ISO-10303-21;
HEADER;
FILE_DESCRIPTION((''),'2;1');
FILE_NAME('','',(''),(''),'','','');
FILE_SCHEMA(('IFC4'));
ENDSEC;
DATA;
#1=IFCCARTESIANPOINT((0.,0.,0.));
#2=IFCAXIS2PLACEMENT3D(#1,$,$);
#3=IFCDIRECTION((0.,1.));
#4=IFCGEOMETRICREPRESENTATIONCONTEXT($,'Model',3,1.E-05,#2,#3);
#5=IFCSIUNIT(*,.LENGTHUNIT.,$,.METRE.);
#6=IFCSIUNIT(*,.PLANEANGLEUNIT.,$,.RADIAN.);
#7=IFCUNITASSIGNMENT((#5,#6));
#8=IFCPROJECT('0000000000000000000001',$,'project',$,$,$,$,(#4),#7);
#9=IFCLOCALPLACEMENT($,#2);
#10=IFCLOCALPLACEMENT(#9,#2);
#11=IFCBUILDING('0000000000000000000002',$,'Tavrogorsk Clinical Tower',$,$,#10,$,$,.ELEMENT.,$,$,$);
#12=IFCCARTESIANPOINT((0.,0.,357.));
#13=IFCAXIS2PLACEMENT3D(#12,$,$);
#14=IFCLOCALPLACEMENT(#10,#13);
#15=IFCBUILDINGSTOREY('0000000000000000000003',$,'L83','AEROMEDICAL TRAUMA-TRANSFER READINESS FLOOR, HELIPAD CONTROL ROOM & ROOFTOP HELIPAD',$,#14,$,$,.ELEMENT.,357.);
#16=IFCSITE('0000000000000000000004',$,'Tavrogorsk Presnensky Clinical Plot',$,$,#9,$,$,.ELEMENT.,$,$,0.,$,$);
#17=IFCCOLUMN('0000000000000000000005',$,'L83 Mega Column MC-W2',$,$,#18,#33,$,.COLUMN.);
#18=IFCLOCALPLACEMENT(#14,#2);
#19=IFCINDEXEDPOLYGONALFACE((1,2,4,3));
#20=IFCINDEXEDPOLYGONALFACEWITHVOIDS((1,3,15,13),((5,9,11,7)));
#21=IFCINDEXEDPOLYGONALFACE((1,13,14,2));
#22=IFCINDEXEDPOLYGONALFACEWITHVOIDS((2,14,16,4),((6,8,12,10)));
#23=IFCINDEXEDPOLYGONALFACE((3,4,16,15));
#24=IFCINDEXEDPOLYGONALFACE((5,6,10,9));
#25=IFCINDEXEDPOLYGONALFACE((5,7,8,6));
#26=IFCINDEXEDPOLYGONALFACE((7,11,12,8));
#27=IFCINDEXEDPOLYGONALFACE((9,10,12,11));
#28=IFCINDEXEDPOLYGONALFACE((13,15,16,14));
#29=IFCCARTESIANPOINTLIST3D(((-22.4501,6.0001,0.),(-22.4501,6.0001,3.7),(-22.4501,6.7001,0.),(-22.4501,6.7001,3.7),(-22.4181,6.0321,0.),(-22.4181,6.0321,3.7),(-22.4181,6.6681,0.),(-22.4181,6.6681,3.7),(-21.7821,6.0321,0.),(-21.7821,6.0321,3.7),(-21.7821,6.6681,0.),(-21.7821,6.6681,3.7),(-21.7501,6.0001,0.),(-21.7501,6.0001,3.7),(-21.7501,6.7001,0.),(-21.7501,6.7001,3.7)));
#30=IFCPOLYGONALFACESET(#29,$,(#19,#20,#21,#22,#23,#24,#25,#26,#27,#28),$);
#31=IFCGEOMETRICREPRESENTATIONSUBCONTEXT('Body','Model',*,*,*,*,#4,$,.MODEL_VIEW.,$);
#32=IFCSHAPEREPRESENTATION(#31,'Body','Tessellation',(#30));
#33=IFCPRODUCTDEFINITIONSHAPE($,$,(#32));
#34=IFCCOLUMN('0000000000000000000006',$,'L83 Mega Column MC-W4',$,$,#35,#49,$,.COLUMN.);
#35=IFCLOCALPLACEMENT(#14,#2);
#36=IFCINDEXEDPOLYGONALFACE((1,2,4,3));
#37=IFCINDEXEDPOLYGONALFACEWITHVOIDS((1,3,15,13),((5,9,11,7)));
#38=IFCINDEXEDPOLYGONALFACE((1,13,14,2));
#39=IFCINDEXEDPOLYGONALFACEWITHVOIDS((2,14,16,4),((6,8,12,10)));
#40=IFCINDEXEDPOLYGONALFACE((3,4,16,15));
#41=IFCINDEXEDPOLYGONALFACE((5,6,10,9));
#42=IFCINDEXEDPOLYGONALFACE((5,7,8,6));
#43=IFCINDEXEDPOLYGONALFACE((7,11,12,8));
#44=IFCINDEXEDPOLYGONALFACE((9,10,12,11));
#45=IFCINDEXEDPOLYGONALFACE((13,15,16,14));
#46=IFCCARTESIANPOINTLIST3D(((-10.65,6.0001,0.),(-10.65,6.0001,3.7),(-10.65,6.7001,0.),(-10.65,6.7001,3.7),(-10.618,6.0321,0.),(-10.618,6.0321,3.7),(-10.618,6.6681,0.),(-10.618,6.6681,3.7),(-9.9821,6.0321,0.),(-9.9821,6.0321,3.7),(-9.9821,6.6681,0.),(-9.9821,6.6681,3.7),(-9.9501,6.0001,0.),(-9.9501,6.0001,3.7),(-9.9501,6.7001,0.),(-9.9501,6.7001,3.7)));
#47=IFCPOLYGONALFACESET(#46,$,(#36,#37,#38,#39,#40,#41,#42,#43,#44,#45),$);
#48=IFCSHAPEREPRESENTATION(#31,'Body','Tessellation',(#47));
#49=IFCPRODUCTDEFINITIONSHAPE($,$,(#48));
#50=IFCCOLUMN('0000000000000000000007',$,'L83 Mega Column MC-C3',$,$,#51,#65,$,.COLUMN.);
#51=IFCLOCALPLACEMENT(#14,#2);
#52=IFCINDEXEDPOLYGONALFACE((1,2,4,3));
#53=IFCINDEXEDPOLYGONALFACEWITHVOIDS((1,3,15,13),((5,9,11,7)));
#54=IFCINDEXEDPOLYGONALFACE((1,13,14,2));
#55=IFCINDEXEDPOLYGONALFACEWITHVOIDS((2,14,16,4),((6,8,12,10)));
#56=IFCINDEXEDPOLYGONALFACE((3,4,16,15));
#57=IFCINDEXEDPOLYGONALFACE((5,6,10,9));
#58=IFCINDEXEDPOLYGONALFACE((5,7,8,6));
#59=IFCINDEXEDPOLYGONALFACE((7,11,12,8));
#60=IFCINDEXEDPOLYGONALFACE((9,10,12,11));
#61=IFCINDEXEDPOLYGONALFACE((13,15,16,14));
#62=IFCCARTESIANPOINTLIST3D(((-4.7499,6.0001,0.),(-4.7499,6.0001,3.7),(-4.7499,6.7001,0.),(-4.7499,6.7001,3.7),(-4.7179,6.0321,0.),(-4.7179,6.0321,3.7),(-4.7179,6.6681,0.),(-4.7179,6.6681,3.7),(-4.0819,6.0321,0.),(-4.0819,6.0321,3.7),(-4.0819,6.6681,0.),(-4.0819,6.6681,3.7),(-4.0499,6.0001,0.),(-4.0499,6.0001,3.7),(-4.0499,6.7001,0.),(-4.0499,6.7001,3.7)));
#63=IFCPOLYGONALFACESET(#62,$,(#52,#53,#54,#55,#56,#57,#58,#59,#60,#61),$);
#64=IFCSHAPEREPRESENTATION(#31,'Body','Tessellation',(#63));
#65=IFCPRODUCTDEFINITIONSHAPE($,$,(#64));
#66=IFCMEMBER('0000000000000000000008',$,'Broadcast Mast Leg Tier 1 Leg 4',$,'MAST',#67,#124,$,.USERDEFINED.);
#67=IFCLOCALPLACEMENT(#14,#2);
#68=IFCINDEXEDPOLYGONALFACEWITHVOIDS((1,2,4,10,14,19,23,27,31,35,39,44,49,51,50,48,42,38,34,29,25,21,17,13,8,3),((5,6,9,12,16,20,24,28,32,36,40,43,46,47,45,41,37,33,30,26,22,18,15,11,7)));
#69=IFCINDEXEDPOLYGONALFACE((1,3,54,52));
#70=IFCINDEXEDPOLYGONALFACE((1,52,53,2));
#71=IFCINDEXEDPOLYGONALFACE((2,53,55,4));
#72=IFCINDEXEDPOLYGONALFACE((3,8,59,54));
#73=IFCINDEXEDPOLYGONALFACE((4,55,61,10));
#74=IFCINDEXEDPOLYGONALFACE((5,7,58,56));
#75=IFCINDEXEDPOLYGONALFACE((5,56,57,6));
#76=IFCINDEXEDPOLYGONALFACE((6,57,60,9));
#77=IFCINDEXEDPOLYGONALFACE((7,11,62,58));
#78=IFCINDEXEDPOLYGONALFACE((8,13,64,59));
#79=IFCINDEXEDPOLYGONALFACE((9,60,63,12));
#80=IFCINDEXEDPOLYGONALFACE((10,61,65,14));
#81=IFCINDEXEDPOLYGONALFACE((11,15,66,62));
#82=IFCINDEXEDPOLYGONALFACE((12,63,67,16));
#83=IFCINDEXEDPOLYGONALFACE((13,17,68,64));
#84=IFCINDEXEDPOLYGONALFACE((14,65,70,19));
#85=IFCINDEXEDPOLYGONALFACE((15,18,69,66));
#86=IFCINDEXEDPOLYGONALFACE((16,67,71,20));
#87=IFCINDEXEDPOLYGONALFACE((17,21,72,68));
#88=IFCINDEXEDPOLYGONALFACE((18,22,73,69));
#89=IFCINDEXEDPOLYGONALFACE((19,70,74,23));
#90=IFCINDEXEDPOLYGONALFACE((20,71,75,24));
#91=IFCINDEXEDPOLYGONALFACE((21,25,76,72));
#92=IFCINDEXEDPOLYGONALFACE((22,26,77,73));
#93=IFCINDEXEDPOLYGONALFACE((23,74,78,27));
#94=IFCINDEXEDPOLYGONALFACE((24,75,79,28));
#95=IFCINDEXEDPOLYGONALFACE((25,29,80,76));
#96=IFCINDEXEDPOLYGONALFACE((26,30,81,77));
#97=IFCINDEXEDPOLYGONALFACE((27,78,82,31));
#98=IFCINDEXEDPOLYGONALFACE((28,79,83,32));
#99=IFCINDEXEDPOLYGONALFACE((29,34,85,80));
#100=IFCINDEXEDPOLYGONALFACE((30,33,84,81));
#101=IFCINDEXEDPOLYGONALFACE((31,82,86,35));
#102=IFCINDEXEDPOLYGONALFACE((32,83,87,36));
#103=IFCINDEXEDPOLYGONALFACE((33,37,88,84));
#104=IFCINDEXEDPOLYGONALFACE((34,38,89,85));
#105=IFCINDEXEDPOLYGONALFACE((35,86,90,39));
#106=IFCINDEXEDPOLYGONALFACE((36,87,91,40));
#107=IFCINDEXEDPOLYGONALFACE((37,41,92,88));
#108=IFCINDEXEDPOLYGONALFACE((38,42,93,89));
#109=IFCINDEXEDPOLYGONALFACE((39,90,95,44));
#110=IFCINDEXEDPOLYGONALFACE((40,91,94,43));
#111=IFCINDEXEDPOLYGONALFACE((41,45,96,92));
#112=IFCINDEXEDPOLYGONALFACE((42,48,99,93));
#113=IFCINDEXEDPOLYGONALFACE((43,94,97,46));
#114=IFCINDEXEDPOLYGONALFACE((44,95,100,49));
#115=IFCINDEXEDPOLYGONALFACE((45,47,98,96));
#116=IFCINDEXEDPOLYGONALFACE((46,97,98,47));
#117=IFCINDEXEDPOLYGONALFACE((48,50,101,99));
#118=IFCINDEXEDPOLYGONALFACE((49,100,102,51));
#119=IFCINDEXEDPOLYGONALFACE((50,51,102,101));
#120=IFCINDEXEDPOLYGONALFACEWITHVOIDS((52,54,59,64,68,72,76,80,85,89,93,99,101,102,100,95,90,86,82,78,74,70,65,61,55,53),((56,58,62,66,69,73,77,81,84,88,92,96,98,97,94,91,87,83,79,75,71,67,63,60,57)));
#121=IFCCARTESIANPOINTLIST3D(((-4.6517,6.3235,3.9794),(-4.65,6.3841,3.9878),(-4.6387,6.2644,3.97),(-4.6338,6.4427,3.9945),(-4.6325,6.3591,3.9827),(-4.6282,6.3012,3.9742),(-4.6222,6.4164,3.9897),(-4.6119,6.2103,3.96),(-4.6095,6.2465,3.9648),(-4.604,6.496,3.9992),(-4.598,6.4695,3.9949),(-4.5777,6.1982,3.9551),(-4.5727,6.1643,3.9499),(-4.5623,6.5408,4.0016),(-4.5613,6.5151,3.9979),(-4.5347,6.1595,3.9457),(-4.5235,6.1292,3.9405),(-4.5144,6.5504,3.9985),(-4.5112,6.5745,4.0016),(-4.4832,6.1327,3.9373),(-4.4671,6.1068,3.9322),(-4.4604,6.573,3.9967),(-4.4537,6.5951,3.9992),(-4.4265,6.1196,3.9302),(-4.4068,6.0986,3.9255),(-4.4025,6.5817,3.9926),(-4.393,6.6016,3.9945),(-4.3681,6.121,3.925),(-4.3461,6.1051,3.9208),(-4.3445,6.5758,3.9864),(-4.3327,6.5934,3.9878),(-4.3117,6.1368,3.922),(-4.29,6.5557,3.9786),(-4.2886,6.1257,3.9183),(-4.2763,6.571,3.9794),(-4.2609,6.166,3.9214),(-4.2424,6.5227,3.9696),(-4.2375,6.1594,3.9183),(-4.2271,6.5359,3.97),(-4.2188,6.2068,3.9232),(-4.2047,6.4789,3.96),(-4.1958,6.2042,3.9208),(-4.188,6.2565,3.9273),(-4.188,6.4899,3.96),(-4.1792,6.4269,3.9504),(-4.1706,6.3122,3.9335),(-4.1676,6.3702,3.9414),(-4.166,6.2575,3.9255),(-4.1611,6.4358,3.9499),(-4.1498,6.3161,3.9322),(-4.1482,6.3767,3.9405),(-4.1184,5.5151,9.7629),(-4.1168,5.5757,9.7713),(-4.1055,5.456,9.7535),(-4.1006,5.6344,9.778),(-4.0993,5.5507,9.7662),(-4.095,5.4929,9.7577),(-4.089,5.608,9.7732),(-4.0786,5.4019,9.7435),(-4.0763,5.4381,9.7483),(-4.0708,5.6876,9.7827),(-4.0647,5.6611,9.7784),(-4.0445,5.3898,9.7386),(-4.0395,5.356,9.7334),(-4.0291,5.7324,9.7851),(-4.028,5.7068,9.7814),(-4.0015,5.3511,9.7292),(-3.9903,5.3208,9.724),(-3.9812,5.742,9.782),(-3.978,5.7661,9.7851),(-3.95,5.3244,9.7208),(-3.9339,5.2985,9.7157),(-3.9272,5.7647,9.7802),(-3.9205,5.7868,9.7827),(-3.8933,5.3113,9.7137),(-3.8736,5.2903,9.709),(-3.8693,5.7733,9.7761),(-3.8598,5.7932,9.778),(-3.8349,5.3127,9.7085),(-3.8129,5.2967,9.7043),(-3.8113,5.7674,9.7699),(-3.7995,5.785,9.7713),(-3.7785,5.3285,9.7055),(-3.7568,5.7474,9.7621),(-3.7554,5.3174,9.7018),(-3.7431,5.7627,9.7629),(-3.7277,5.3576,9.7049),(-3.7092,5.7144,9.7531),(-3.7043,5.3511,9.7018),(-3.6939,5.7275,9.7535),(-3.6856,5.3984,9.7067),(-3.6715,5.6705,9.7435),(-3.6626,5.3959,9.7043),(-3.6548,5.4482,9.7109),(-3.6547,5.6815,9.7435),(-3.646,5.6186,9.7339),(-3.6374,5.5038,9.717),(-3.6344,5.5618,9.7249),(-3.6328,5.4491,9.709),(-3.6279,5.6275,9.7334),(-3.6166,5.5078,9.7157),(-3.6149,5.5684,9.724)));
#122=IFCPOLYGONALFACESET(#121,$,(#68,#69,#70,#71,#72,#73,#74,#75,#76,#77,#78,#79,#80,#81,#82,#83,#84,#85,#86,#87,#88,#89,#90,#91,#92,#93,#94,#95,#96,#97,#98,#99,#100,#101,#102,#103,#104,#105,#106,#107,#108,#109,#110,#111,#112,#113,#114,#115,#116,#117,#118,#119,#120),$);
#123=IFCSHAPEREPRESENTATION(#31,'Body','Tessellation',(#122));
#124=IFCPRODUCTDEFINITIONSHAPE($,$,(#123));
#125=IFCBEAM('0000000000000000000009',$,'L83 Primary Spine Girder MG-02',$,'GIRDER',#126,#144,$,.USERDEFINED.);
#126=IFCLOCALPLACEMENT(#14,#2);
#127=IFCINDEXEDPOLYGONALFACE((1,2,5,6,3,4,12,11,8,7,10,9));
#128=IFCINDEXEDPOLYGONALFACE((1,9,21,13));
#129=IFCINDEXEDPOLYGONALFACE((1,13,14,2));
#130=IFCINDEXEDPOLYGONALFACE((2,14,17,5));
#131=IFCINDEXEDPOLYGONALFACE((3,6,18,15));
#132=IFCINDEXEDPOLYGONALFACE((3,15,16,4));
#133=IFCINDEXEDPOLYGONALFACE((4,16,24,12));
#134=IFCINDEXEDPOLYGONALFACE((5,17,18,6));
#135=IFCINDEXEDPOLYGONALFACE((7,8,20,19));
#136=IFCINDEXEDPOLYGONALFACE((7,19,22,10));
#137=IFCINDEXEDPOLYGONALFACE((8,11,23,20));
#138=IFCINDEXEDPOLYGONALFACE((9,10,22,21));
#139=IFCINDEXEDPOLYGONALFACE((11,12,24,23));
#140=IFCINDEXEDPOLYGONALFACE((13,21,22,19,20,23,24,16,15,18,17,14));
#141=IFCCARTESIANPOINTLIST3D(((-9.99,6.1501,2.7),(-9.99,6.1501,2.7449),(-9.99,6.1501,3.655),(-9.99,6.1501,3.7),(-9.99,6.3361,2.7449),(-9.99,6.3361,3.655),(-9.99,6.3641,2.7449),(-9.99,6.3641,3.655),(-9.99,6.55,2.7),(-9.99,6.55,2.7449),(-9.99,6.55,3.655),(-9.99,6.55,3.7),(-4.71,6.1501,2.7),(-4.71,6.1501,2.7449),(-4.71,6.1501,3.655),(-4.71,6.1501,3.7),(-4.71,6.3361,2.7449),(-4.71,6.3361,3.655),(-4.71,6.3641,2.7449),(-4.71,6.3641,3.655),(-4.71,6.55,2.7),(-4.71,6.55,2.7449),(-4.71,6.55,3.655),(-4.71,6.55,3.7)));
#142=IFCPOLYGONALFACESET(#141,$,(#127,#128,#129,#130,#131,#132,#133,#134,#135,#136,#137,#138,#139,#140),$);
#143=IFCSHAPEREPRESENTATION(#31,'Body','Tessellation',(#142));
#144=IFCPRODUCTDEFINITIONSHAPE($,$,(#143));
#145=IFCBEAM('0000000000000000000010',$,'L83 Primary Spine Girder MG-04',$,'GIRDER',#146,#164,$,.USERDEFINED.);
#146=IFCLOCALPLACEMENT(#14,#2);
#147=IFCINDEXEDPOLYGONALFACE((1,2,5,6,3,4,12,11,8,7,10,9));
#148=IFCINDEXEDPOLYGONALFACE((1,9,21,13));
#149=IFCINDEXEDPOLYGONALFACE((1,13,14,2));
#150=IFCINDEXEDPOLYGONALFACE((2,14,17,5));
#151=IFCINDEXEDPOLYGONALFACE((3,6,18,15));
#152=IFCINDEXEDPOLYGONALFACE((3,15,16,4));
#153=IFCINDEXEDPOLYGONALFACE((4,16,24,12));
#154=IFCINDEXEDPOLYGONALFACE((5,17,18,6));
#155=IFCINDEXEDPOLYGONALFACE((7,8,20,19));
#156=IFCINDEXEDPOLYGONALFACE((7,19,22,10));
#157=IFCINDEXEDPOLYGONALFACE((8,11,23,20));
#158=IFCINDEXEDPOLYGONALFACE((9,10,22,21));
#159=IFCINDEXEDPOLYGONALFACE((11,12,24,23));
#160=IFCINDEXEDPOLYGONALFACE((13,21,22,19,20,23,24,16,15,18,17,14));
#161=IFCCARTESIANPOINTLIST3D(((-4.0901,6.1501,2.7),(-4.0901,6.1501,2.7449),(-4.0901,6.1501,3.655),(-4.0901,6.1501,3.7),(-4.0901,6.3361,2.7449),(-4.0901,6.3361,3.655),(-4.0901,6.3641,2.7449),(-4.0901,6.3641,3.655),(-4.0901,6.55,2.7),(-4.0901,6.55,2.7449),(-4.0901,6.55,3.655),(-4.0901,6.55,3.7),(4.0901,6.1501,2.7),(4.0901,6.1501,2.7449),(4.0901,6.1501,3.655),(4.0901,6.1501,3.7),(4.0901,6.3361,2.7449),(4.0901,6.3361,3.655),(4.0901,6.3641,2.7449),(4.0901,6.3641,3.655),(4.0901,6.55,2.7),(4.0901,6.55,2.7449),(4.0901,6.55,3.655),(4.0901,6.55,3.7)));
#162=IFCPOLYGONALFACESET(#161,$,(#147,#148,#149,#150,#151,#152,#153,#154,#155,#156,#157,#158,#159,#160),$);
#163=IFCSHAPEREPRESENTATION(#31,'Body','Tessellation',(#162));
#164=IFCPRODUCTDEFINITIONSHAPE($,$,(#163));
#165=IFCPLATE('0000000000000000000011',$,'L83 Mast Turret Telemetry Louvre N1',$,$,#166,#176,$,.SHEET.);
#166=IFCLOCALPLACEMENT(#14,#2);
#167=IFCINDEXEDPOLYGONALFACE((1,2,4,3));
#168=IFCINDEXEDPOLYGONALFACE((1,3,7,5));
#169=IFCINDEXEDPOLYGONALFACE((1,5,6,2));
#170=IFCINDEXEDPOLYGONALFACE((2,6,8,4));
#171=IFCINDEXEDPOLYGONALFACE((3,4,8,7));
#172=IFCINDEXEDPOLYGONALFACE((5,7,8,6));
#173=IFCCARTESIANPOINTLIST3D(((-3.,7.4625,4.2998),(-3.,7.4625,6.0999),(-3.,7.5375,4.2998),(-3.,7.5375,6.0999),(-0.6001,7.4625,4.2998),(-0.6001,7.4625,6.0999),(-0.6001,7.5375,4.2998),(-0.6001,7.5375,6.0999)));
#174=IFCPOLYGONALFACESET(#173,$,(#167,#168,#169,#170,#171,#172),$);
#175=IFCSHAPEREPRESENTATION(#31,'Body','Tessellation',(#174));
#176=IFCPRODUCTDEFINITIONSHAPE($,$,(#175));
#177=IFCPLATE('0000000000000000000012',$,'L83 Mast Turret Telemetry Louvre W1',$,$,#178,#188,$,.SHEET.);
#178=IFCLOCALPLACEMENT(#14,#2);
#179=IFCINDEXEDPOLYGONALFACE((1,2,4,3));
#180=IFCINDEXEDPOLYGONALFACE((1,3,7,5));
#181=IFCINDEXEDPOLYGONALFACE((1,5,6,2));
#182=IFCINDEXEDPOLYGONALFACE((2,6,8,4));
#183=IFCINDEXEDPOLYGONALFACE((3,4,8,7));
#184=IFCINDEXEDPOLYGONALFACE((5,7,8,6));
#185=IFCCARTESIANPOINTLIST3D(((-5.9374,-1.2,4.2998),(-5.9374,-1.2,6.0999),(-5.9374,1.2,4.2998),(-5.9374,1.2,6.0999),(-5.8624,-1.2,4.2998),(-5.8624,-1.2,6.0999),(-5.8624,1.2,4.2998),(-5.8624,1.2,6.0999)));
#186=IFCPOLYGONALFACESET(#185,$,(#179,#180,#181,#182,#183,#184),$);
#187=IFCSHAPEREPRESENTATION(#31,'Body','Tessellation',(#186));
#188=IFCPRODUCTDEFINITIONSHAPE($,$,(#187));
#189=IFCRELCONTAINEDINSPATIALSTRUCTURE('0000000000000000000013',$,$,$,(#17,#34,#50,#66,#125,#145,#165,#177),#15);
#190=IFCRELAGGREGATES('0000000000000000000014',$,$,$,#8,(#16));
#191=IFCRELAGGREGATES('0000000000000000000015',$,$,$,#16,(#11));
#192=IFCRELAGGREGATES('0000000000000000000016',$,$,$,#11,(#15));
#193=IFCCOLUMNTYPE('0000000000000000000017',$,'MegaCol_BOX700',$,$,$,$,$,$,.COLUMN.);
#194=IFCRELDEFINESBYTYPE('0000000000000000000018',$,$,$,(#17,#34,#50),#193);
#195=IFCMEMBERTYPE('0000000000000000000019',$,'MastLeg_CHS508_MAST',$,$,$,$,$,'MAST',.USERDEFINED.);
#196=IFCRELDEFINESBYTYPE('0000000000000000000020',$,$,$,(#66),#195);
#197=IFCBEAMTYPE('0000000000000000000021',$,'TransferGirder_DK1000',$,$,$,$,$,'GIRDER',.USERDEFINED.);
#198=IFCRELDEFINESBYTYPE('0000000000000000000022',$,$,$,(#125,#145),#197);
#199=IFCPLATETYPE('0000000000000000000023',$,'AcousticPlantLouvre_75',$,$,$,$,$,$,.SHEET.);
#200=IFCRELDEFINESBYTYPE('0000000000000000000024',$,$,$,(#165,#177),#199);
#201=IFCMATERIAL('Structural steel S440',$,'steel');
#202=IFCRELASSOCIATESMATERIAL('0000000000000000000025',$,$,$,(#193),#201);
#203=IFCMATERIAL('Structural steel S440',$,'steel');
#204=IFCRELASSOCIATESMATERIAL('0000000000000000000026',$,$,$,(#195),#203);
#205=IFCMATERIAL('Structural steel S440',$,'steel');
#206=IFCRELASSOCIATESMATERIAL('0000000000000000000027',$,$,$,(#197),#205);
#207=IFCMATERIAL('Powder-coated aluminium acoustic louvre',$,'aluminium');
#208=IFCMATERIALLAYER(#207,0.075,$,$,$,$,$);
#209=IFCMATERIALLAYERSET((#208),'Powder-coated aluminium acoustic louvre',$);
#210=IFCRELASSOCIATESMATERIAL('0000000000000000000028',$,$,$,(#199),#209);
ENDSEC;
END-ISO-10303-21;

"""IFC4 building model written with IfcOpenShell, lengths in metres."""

from ifc_helpers import new_model, si_unit, direction, frame, origin, origin_2d, place, context, subcontext, project, spatial, rectangle, hollow_rectangle, hollow_circle, i_section, extrude, material, layer, layer_set, material_profile, profile_set, type_object, element, save


model = new_model("IFC4")

# Units and contexts
model_context = context("Model", 3, precision=1e-05, world=origin(), true_north=direction((0.0, 1.0)))
body_context = subcontext(model_context, "Body", "Model", "MODEL_VIEW")
ifc_project = project(units=[si_unit("LENGTHUNIT", "METRE"), si_unit("PLANEANGLEUNIT", "RADIAN")], contexts=[model_context])

# Site, building, storey
site_placement = place(None, origin())
site = spatial("IfcSite", under=ifc_project, at=site_placement, Name="Tavrogorsk Presnensky Clinical Plot", CompositionType="ELEMENT", RefElevation=0.0)
building_placement = place(site_placement, origin())
building = spatial("IfcBuilding", under=site, at=building_placement, Name="Tavrogorsk Clinical Tower", CompositionType="ELEMENT")
storey_placement = place(building_placement, frame((0.0, 0.0, 357.0)))
storey = spatial("IfcBuildingStorey", under=building, at=storey_placement, Name="L83", Description="AEROMEDICAL TRAUMA-TRANSFER READINESS FLOOR, HELIPAD CONTROL ROOM & ROOFTOP HELIPAD", CompositionType="ELEMENT", Elevation=357.0)

# Columns
ifc_material_1 = material(Name="Structural steel S440", Category="steel")
ifc_material_profile_1 = material_profile(ifc_material_1, hollow_rectangle(XDim=0.7, YDim=0.7, WallThickness=0.032, at=origin_2d()), Name="BOX-700x700x32")
ifc_profile_set_1 = profile_set([ifc_material_profile_1], Name="Structural steel S440")
column_type = type_object("IfcColumnType", Name="MegaCol_BOX700", PredefinedType="COLUMN", material=ifc_profile_set_1)
for number, where, z_axis, x_axis, name in (
    (1, (-22.1001, 6.3501, 0.0), (0.0, 0.0, 1.0), (1.0, 0.0, 0.0), "L83 Mega Column MC-W2"),
    (2, (-10.3, 6.3501, 0.0), (0.0, 0.0, 1.0), (1.0, 0.0, 0.0), "L83 Mega Column MC-W4"),
    (3, (-4.3999, 6.3501, 0.0), (0.0, 0.0, 1.0), (1.0, 0.0, 0.0), "L83 Mega Column MC-C3"),
):
    element("IfcColumn", number, at=place(storey_placement, frame(where, z_axis=z_axis, x_axis=x_axis)), inside=storey, type_object=column_type, Name=name, PredefinedType="COLUMN", context=body_context, shape_type="SweptSolid", body=[
        extrude(hollow_rectangle(XDim=0.7, YDim=0.7, WallThickness=0.032, at=origin_2d()), origin(), (0.0, 0.0, 1.0), 3.7),
    ])

# Member
ifc_material_2 = material(Name="Structural steel S440", Category="steel")
ifc_material_profile_2 = material_profile(ifc_material_2, hollow_circle(Radius=0.2539, WallThickness=0.02, at=origin_2d()), Name="CHS-508x20")
ifc_profile_set_2 = profile_set([ifc_material_profile_2], Name="Structural steel S440")
member_type = type_object("IfcMemberType", Name="MastLeg_CHS508_MAST", ElementType="MAST", PredefinedType="USERDEFINED", material=ifc_profile_set_2)
member_placement = place(storey_placement, frame((-4.3999, 6.3501, 3.96), z_axis=(0.090929, -0.137851, 0.98627), x_axis=(0.834755, 0.550621, 0.0)))
element("IfcMember", 4, at=member_placement, inside=storey, type_object=member_type, Name="Broadcast Mast Leg Tier 1 Leg 4", ObjectType="MAST", PredefinedType="USERDEFINED", context=body_context, shape_type="SweptSolid", body=[
    extrude(hollow_circle(Radius=0.2539, WallThickness=0.02, at=origin_2d()), origin(), (0.0, 0.0, 1.0), 5.864),
])

# Beams
ifc_material_3 = material(Name="Structural steel S440", Category="steel")
ifc_material_profile_3 = material_profile(ifc_material_3, i_section(OverallWidth=0.3999, OverallDepth=1.0, WebThickness=0.0281, FlangeThickness=0.0449, at=origin_2d()), Name="DK-1000x400x28x45")
ifc_profile_set_3 = profile_set([ifc_material_profile_3], Name="Structural steel S440")
beam_type = type_object("IfcBeamType", Name="TransferGirder_DK1000", ElementType="GIRDER", PredefinedType="USERDEFINED", material=ifc_profile_set_3)
beam_1_placement = place(storey_placement, frame((-9.99, 6.3501, 3.2), z_axis=(1.0, 0.0, 0.0), x_axis=(0.0, 1.0, 0.0)))
element("IfcBeam", 5, at=beam_1_placement, inside=storey, type_object=beam_type, Name="L83 Primary Spine Girder MG-02", ObjectType="GIRDER", PredefinedType="USERDEFINED", context=body_context, shape_type="SweptSolid", body=[
    extrude(i_section(OverallWidth=0.3999, OverallDepth=1.0, WebThickness=0.0281, FlangeThickness=0.0449, at=origin_2d()), origin(), (0.0, 0.0, 1.0), 5.28),
])
beam_2_placement = place(storey_placement, frame((-4.0901, 6.3501, 3.2), z_axis=(1.0, 0.0, 0.0), x_axis=(0.0, 1.0, 0.0)))
element("IfcBeam", 6, at=beam_2_placement, inside=storey, type_object=beam_type, Name="L83 Primary Spine Girder MG-04", ObjectType="GIRDER", PredefinedType="USERDEFINED", context=body_context, shape_type="SweptSolid", body=[
    extrude(i_section(OverallWidth=0.3999, OverallDepth=1.0, WebThickness=0.0281, FlangeThickness=0.0449, at=origin_2d()), origin(), (0.0, 0.0, 1.0), 8.1802),
])

# Plates
ifc_material_4 = material(Name="Powder-coated aluminium acoustic louvre", Category="aluminium")
ifc_layer_1 = layer(ifc_material_4, 0.075)
ifc_layer_set_1 = layer_set([ifc_layer_1], Name="Powder-coated aluminium acoustic louvre")
plate_type_1 = type_object("IfcPlateType", Name="AcousticPlantLouvre_75", PredefinedType="SHEET", material=ifc_layer_set_1)
for number, where, z_axis, x_axis, name in (
    (7, (-1.8, 7.5, 4.2998), (0.0, 0.0, 1.0), (1.0, 0.0, 0.0), "L83 Mast Turret Telemetry Louvre N1"),
    (8, (-5.8999, 0.0, 4.2998), (0.0, 0.0, 1.0), (0.0, 1.0, 0.0), "L83 Mast Turret Telemetry Louvre W1"),
):
    element("IfcPlate", number, at=place(storey_placement, frame(where, z_axis=z_axis, x_axis=x_axis)), inside=storey, type_object=plate_type_1, Name=name, PredefinedType="SHEET", context=body_context, shape_type="SweptSolid", body=[
        extrude(rectangle(XDim=2.3999, YDim=0.075, at=origin_2d()), origin(), (0.0, 0.0, 1.0), 1.8),
    ])

save(model, "model.ifc")
